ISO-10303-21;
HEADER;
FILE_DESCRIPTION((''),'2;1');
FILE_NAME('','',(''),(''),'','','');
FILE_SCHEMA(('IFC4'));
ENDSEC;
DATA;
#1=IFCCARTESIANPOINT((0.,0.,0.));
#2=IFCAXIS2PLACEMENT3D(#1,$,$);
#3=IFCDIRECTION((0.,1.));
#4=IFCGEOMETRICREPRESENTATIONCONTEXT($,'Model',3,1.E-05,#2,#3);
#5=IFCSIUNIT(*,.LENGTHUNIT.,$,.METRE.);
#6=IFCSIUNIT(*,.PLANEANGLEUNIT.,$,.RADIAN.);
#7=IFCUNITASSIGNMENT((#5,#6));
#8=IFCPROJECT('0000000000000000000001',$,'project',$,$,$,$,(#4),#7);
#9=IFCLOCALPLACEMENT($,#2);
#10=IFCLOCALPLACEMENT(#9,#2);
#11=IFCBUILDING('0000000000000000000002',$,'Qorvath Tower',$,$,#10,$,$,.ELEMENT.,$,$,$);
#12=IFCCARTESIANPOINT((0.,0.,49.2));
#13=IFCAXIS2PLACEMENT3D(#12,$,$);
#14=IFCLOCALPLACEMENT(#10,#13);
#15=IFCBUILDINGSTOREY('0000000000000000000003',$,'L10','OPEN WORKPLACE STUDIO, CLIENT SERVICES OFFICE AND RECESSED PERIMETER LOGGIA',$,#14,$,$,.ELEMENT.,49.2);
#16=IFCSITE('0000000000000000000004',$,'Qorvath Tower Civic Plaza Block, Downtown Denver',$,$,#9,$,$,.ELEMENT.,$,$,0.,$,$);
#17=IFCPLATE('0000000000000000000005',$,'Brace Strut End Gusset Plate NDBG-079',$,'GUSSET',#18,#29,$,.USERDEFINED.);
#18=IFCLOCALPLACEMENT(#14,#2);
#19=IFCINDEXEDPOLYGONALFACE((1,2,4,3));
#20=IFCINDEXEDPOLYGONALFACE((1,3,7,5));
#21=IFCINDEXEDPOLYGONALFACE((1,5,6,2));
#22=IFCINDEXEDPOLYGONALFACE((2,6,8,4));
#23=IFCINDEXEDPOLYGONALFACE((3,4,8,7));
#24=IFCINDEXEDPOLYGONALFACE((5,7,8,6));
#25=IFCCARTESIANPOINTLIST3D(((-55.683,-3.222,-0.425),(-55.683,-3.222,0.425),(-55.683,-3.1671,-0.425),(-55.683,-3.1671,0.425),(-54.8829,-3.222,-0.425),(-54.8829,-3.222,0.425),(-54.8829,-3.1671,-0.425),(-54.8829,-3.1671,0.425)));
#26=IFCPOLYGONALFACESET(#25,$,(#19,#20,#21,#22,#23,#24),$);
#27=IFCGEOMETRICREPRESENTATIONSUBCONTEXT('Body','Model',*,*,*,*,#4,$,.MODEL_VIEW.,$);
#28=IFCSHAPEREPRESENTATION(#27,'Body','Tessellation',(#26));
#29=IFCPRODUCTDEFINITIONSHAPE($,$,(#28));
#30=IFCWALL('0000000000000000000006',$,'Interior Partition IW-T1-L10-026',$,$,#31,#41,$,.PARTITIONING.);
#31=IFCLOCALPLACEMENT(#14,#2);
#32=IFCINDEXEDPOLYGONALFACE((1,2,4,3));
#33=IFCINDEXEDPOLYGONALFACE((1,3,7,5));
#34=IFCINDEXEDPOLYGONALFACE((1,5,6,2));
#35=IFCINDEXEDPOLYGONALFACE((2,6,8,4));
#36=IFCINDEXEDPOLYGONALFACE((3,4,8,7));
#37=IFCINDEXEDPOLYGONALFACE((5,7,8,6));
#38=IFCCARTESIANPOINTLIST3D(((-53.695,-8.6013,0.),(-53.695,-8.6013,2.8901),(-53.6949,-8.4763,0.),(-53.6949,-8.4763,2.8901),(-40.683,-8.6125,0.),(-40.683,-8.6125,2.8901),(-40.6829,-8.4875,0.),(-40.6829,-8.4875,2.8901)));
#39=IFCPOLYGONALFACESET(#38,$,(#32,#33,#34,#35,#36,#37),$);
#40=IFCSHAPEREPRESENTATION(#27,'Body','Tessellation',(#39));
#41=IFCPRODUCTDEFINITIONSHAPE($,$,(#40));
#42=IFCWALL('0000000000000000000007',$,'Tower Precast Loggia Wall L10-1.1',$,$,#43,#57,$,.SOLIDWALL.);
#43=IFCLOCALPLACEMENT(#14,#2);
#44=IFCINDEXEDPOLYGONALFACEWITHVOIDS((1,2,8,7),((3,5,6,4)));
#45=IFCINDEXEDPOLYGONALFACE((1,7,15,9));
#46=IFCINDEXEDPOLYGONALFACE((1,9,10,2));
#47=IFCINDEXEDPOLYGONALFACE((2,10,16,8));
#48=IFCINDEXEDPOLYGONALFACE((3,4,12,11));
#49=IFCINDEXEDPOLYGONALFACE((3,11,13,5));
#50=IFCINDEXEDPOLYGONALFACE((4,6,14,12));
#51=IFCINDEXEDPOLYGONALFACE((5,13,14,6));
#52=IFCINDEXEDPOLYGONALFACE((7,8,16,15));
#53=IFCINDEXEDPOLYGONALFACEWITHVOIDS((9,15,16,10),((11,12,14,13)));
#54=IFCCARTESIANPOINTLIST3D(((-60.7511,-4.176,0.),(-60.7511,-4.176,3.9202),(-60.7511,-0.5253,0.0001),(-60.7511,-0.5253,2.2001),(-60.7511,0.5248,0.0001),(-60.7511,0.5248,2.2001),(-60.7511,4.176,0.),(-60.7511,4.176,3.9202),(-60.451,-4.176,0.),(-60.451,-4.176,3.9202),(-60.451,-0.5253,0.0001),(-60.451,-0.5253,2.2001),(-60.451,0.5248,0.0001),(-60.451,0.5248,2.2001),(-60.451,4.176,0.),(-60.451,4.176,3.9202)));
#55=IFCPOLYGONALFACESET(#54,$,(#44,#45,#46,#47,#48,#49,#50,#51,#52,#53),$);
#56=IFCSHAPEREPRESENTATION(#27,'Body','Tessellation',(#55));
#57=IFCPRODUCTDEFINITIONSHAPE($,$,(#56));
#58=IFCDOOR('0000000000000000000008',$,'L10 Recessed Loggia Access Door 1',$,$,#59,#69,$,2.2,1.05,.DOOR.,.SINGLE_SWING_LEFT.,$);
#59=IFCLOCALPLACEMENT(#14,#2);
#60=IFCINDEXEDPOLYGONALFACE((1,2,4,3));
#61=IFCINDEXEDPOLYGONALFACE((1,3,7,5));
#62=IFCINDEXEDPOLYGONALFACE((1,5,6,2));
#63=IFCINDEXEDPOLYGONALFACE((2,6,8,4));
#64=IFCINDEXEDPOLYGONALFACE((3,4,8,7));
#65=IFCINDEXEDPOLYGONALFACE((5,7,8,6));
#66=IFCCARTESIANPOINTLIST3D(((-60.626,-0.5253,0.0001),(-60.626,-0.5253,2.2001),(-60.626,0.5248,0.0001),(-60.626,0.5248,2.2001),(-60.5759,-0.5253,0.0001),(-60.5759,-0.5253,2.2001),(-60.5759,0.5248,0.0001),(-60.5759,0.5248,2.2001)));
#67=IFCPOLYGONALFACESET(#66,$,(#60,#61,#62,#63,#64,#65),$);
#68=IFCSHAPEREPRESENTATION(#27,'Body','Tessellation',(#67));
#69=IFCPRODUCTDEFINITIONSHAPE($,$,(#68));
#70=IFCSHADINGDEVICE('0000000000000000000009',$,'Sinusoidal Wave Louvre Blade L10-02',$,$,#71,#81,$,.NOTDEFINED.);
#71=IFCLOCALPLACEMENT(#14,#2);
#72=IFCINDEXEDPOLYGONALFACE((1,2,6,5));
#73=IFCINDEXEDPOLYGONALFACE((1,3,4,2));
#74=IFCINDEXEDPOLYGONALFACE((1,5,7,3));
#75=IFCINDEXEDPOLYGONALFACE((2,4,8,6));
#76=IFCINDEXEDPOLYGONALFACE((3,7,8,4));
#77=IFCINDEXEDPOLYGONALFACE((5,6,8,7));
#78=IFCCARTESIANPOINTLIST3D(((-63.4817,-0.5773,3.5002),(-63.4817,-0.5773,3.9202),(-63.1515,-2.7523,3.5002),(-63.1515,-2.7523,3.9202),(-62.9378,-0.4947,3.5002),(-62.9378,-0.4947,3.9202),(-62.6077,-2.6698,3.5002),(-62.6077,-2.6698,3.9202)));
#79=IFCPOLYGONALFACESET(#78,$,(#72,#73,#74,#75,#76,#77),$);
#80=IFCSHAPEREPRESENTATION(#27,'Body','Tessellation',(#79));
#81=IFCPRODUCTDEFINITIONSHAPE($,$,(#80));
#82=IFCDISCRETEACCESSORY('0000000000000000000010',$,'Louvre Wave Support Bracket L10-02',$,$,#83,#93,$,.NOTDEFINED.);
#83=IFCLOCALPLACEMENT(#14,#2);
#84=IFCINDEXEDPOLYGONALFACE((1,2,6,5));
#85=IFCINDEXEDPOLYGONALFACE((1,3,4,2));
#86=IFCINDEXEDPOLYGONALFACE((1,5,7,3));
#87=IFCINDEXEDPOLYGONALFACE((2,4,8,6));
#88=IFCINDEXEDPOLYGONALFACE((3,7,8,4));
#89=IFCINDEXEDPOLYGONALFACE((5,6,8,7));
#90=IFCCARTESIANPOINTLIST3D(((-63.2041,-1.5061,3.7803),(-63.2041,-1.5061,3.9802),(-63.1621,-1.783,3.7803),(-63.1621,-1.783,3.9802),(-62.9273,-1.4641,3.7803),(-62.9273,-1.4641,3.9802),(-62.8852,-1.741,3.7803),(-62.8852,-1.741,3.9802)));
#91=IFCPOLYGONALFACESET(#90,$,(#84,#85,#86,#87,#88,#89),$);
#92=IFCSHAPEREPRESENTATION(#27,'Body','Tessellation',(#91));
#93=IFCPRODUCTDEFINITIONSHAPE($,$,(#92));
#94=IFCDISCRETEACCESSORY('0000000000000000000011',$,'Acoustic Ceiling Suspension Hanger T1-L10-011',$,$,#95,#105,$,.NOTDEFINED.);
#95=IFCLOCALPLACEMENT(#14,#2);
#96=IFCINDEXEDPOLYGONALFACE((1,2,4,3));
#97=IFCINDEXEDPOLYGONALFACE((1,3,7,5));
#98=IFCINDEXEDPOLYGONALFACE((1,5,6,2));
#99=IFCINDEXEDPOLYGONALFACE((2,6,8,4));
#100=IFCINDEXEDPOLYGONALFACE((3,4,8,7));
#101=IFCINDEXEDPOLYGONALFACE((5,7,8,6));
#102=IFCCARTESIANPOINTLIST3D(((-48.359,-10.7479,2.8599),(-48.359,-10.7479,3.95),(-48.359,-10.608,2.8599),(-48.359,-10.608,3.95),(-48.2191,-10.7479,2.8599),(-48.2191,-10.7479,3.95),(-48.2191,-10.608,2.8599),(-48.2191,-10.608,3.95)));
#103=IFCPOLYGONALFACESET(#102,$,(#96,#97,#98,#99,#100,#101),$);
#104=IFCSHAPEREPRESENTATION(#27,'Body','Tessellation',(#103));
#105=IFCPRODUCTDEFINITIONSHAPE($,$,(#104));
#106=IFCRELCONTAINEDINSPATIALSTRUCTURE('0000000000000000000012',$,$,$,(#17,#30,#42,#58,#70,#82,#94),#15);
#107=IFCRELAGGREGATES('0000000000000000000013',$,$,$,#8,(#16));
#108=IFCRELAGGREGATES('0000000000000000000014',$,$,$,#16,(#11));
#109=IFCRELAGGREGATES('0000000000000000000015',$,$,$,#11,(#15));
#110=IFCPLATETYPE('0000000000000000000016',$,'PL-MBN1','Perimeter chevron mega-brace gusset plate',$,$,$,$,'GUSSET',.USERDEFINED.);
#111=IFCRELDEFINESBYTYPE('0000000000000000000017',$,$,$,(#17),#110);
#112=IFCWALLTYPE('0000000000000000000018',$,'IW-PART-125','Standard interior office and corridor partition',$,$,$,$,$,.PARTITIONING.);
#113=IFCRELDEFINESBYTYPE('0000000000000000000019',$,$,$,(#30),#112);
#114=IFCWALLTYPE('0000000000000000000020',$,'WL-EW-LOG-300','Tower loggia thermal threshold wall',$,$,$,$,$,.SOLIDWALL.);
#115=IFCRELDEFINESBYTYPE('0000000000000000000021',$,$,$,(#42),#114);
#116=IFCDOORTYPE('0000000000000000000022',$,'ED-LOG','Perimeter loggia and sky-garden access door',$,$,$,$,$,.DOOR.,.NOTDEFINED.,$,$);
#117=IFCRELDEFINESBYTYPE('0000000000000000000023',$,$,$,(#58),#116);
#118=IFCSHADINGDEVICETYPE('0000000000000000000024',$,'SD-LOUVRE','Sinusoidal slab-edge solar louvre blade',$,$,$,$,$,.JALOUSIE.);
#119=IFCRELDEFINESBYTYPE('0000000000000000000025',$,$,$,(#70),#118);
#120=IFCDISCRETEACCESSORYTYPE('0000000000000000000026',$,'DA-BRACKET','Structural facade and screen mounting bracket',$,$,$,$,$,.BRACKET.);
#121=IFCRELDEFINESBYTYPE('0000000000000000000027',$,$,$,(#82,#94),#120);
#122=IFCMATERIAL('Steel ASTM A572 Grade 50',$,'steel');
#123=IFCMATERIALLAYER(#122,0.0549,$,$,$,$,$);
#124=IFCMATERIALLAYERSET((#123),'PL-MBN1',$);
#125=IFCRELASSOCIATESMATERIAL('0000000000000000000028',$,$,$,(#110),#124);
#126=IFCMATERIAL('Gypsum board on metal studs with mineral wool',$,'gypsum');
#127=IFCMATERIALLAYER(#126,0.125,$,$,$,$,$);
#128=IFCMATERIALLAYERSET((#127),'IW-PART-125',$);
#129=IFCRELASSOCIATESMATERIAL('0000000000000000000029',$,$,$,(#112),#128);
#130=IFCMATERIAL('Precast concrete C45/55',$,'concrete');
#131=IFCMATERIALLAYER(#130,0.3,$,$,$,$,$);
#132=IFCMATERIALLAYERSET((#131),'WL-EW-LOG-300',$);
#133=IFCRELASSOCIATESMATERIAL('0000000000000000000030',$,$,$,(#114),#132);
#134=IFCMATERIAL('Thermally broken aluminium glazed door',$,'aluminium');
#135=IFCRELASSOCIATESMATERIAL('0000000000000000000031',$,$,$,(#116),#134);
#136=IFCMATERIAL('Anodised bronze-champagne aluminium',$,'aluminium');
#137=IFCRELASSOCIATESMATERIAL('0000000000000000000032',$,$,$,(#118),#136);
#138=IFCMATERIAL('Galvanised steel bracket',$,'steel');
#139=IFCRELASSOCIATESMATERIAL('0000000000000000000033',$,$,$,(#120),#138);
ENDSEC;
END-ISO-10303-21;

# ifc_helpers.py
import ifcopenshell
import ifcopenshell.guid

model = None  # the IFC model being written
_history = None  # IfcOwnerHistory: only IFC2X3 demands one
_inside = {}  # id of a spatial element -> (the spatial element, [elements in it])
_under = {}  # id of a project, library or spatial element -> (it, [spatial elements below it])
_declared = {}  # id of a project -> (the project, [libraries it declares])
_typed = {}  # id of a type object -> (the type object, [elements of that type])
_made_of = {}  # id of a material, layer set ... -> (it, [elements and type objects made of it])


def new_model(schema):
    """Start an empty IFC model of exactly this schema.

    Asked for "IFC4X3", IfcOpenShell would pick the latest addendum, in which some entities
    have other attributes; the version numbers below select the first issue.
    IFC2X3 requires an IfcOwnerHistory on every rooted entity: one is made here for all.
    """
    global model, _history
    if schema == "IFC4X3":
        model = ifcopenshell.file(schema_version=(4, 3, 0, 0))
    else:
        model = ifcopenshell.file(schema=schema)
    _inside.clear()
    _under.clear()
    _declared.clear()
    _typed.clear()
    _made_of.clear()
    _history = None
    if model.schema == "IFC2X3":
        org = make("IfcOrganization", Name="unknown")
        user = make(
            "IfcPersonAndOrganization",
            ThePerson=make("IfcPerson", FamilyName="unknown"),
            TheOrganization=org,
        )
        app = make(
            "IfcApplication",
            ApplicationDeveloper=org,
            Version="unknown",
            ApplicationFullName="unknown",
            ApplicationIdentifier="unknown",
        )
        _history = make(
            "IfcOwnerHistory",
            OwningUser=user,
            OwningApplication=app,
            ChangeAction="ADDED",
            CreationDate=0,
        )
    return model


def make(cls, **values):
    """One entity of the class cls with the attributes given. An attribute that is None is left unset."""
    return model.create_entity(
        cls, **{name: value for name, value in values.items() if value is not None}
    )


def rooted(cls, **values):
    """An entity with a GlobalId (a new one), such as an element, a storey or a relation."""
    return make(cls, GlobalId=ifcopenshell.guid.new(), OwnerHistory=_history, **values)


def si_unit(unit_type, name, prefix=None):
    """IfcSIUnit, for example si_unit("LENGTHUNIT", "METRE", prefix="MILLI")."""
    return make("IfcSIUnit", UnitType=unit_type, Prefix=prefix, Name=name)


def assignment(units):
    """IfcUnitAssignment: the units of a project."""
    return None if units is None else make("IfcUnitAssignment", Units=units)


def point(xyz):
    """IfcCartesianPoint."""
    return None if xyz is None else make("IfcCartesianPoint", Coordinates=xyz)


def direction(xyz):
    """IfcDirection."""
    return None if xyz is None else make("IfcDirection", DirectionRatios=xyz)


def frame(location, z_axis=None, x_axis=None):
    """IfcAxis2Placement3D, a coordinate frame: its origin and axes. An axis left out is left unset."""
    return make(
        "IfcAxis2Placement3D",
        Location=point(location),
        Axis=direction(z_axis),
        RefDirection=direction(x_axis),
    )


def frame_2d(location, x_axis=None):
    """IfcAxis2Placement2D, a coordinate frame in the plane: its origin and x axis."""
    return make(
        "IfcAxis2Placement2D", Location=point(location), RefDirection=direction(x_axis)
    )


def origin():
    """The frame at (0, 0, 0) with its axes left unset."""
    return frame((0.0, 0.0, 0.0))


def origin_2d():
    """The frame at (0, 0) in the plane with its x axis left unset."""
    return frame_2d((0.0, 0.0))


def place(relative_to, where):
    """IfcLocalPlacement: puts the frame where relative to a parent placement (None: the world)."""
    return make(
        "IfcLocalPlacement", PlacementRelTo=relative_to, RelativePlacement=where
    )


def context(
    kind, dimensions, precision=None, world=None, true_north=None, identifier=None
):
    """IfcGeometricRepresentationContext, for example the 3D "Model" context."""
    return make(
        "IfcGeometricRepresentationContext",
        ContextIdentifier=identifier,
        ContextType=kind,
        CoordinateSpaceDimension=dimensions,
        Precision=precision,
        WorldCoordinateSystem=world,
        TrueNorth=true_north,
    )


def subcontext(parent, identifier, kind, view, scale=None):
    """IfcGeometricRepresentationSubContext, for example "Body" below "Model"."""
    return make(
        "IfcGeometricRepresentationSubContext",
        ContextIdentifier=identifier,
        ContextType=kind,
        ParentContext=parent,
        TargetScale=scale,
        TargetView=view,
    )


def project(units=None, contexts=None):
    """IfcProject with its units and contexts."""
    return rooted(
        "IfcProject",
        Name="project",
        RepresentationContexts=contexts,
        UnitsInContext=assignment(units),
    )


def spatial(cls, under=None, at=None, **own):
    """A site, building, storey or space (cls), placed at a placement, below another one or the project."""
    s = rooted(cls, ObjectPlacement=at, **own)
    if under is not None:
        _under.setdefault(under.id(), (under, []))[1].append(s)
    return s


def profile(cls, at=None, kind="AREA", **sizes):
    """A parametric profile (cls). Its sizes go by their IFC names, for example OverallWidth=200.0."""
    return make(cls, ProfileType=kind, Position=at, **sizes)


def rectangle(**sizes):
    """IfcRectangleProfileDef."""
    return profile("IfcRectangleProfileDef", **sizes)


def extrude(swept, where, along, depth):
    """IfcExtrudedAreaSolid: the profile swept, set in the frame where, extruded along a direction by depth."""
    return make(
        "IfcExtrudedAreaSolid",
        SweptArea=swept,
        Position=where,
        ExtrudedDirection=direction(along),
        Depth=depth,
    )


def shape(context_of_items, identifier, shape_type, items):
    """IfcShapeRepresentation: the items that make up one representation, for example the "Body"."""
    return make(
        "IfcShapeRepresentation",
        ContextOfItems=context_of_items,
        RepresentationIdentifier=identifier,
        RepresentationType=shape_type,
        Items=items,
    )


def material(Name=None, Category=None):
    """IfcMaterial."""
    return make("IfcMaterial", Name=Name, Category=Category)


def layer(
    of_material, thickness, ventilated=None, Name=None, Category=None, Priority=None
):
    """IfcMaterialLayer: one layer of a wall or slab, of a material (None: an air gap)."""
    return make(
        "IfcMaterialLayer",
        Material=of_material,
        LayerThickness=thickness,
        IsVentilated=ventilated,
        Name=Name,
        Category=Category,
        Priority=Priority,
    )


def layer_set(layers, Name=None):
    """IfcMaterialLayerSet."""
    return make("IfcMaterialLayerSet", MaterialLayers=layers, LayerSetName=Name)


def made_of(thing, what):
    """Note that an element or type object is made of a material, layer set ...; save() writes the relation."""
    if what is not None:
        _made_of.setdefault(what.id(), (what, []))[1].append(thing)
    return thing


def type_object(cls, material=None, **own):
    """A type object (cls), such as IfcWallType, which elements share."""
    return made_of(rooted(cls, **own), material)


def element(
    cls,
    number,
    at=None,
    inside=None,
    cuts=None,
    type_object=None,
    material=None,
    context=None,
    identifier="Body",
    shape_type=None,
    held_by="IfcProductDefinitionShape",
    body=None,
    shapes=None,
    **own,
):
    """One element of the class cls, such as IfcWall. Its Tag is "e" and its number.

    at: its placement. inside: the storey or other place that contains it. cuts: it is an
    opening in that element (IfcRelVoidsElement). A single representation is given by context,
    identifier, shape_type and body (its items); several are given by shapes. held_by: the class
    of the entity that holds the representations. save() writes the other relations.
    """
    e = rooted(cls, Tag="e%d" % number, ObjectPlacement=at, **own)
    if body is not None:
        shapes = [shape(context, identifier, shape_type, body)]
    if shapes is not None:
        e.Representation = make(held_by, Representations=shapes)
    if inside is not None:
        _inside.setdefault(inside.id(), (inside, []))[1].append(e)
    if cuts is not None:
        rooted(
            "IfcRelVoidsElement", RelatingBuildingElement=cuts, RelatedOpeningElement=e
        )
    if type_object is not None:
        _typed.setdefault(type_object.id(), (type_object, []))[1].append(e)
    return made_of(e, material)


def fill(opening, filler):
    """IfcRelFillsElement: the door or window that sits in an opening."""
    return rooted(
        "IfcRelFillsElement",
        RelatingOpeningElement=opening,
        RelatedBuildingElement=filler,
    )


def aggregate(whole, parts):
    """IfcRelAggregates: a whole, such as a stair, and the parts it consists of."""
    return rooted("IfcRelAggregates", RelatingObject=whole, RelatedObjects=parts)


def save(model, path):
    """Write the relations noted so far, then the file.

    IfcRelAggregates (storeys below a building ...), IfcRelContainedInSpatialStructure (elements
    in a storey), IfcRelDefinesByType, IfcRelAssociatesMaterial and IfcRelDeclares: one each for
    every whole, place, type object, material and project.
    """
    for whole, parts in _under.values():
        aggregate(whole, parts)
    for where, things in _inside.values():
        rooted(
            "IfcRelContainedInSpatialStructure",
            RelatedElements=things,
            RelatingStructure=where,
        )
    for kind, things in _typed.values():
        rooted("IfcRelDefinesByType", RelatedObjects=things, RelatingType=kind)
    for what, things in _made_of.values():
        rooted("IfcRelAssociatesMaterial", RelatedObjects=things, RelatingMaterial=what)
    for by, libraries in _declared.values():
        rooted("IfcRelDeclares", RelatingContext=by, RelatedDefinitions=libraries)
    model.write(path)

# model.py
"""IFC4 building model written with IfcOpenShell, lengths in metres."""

from ifc_helpers import new_model, si_unit, direction, frame, frame_2d, origin, origin_2d, place, context, subcontext, project, spatial, rectangle, extrude, material, layer, layer_set, type_object, element, fill, save


model = new_model("IFC4")

# Units and contexts
model_context = context("Model", 3, precision=1e-05, world=origin(), true_north=direction((0.0, 1.0)))
body_context = subcontext(model_context, "Body", "Model", "MODEL_VIEW")
ifc_project = project(units=[si_unit("LENGTHUNIT", "METRE"), si_unit("PLANEANGLEUNIT", "RADIAN")], contexts=[model_context])

# Site, building, storey
site_placement = place(None, origin())
site = spatial("IfcSite", under=ifc_project, at=site_placement, Name="Qorvath Tower Civic Plaza Block, Downtown Denver", CompositionType="ELEMENT", RefElevation=0.0)
building_placement = place(site_placement, origin())
building = spatial("IfcBuilding", under=site, at=building_placement, Name="Qorvath Tower", CompositionType="ELEMENT")
storey_placement = place(building_placement, frame((0.0, 0.0, 49.2)))
storey = spatial("IfcBuildingStorey", under=building, at=storey_placement, Name="L10", Description="OPEN WORKPLACE STUDIO, CLIENT SERVICES OFFICE AND RECESSED PERIMETER LOGGIA", CompositionType="ELEMENT", Elevation=49.2)

# Plate
ifc_material_1 = material(Name="Steel ASTM A572 Grade 50", Category="steel")
ifc_layer_1 = layer(ifc_material_1, 0.0549)
ifc_layer_set_1 = layer_set([ifc_layer_1], Name="PL-MBN1")
plate_type_1 = type_object("IfcPlateType", Name="PL-MBN1", Description="Perimeter chevron mega-brace gusset plate", ElementType="GUSSET", PredefinedType="USERDEFINED", material=ifc_layer_set_1)
plate_1_placement = place(storey_placement, frame((-55.283, -3.1946, -0.425), z_axis=(0.0, 0.0, 1.0), x_axis=(1.0, 0.0, 0.0)))
element("IfcPlate", 1, at=plate_1_placement, inside=storey, type_object=plate_type_1, Name="Brace Strut End Gusset Plate NDBG-079", ObjectType="GUSSET", PredefinedType="USERDEFINED", context=body_context, shape_type="SweptSolid", body=[
    extrude(rectangle(XDim=0.8, YDim=0.0549, at=origin_2d()), origin(), (0.0, 0.0, 1.0), 0.8501),
])

# Wall
ifc_material_2 = material(Name="Gypsum board on metal studs with mineral wool", Category="gypsum")
ifc_layer_2 = layer(ifc_material_2, 0.125)
ifc_layer_set_2 = layer_set([ifc_layer_2], Name="IW-PART-125")
wall_type_1 = type_object("IfcWallType", Name="IW-PART-125", Description="Standard interior office and corridor partition", PredefinedType="PARTITIONING", material=ifc_layer_set_2)
wall_1_placement = place(storey_placement, frame((-40.6831, -8.55, 0.0), z_axis=(0.0, 0.0, 1.0), x_axis=(-1.0, 0.000863, 0.0)))
element("IfcWall", 2, at=wall_1_placement, inside=storey, type_object=wall_type_1, Name="Interior Partition IW-T1-L10-026", PredefinedType="PARTITIONING", context=body_context, shape_type="SweptSolid", body=[
    extrude(rectangle(XDim=13.012, YDim=0.125, at=frame_2d((6.5059, 0.0))), origin(), (0.0, 0.0, 1.0), 2.8901),
])

# Wall, opening, door
ifc_material_3 = material(Name="Precast concrete C45/55", Category="concrete")
ifc_layer_3 = layer(ifc_material_3, 0.3)
ifc_layer_set_3 = layer_set([ifc_layer_3], Name="WL-EW-LOG-300")
wall_type_2 = type_object("IfcWallType", Name="WL-EW-LOG-300", Description="Tower loggia thermal threshold wall", PredefinedType="SOLIDWALL", material=ifc_layer_set_3)
wall_2_placement = place(storey_placement, frame((-60.6011, -4.176, 0.0), z_axis=(0.0, 0.0, 1.0), x_axis=(0.0, 1.0, 0.0)))
wall_2 = element("IfcWall", 3, at=wall_2_placement, inside=storey, type_object=wall_type_2, Name="Tower Precast Loggia Wall L10-1.1", PredefinedType="SOLIDWALL", context=body_context, shape_type="SweptSolid", body=[
    extrude(rectangle(XDim=8.3521, YDim=0.3, at=frame_2d((4.176, 0.0))), origin(), (0.0, 0.0, 1.0), 3.9202),
])
opening_placement = place(wall_2_placement, frame((3.6509, 0.0, 0.0)))
opening = element("IfcOpeningElement", 4, at=opening_placement, cuts=wall_2, PredefinedType="OPENING", context=body_context, shape_type="SweptSolid", body=[
    extrude(rectangle(XDim=1.05, YDim=2.2, at=frame_2d((0.5249, 1.1001))), frame((0.0, 0.1602, 0.0), z_axis=(0.0, -1.0, 0.0), x_axis=(1.0, 0.0, 0.0)), (0.0, 0.0, 1.0), 0.3201),
])
ifc_material_4 = material(Name="Thermally broken aluminium glazed door", Category="aluminium")
door_type = type_object("IfcDoorType", Name="ED-LOG", Description="Perimeter loggia and sky-garden access door", OperationType="NOTDEFINED", PredefinedType="DOOR", material=ifc_material_4)
door_placement = place(opening_placement, origin())
door = element("IfcDoor", 5, at=door_placement, inside=storey, type_object=door_type, Name="L10 Recessed Loggia Access Door 1", OperationType="SINGLE_SWING_LEFT", OverallHeight=2.2, OverallWidth=1.05, PredefinedType="DOOR", context=body_context, shape_type="SweptSolid", body=[
    extrude(rectangle(XDim=1.05, YDim=2.2, at=frame_2d((0.5249, 1.1001))), frame((0.0, 0.0249, 0.0), z_axis=(0.0, -1.0, 0.0), x_axis=(1.0, 0.0, 0.0)), (0.0, 0.0, 1.0), 0.05),
])
fill(opening, door)

# Shading device
ifc_material_5 = material(Name="Anodised bronze-champagne aluminium", Category="aluminium")
shading_device_type = type_object("IfcShadingDeviceType", Name="SD-LOUVRE", Description="Sinusoidal slab-edge solar louvre blade", PredefinedType="JALOUSIE", material=ifc_material_5)
shading_device_placement = place(storey_placement, frame((-63.0447, -1.6235, 3.5002), z_axis=(0.0, 0.0, 1.0), x_axis=(0.150075, -0.988675, 0.0)))
element("IfcShadingDevice", 6, at=shading_device_placement, inside=storey, type_object=shading_device_type, Name="Sinusoidal Wave Louvre Blade L10-02", PredefinedType="NOTDEFINED", context=body_context, shape_type="SweptSolid", body=[
    extrude(rectangle(XDim=2.2, YDim=0.55, at=origin_2d()), origin(), (0.0, 0.0, 1.0), 0.4199),
])

# Discrete accessories
ifc_material_6 = material(Name="Galvanised steel bracket", Category="steel")
discrete_accessory_type = type_object("IfcDiscreteAccessoryType", Name="DA-BRACKET", Description="Structural facade and screen mounting bracket", PredefinedType="BRACKET", material=ifc_material_6)
discrete_accessory_1_placement = place(storey_placement, frame((-63.0447, -1.6235, 3.7803), z_axis=(0.0, 0.0, 1.0), x_axis=(0.150075, -0.988675, 0.0)))
element("IfcDiscreteAccessory", 7, at=discrete_accessory_1_placement, inside=storey, type_object=discrete_accessory_type, Name="Louvre Wave Support Bracket L10-02", PredefinedType="NOTDEFINED", context=body_context, shape_type="SweptSolid", body=[
    extrude(rectangle(XDim=0.28, YDim=0.28, at=origin_2d()), origin(), (0.0, 0.0, 1.0), 0.2),
])
discrete_accessory_2_placement = place(storey_placement, frame((-48.2891, -10.678, 2.8599), z_axis=(0.0, 0.0, 1.0), x_axis=(1.0, 0.0, 0.0)))
element("IfcDiscreteAccessory", 8, at=discrete_accessory_2_placement, inside=storey, type_object=discrete_accessory_type, Name="Acoustic Ceiling Suspension Hanger T1-L10-011", PredefinedType="NOTDEFINED", context=body_context, shape_type="SweptSolid", body=[
    extrude(rectangle(XDim=0.1399, YDim=0.1399, at=origin_2d()), origin(), (0.0, 0.0, 1.0), 1.0901),
])

save(model, "model.ifc")
